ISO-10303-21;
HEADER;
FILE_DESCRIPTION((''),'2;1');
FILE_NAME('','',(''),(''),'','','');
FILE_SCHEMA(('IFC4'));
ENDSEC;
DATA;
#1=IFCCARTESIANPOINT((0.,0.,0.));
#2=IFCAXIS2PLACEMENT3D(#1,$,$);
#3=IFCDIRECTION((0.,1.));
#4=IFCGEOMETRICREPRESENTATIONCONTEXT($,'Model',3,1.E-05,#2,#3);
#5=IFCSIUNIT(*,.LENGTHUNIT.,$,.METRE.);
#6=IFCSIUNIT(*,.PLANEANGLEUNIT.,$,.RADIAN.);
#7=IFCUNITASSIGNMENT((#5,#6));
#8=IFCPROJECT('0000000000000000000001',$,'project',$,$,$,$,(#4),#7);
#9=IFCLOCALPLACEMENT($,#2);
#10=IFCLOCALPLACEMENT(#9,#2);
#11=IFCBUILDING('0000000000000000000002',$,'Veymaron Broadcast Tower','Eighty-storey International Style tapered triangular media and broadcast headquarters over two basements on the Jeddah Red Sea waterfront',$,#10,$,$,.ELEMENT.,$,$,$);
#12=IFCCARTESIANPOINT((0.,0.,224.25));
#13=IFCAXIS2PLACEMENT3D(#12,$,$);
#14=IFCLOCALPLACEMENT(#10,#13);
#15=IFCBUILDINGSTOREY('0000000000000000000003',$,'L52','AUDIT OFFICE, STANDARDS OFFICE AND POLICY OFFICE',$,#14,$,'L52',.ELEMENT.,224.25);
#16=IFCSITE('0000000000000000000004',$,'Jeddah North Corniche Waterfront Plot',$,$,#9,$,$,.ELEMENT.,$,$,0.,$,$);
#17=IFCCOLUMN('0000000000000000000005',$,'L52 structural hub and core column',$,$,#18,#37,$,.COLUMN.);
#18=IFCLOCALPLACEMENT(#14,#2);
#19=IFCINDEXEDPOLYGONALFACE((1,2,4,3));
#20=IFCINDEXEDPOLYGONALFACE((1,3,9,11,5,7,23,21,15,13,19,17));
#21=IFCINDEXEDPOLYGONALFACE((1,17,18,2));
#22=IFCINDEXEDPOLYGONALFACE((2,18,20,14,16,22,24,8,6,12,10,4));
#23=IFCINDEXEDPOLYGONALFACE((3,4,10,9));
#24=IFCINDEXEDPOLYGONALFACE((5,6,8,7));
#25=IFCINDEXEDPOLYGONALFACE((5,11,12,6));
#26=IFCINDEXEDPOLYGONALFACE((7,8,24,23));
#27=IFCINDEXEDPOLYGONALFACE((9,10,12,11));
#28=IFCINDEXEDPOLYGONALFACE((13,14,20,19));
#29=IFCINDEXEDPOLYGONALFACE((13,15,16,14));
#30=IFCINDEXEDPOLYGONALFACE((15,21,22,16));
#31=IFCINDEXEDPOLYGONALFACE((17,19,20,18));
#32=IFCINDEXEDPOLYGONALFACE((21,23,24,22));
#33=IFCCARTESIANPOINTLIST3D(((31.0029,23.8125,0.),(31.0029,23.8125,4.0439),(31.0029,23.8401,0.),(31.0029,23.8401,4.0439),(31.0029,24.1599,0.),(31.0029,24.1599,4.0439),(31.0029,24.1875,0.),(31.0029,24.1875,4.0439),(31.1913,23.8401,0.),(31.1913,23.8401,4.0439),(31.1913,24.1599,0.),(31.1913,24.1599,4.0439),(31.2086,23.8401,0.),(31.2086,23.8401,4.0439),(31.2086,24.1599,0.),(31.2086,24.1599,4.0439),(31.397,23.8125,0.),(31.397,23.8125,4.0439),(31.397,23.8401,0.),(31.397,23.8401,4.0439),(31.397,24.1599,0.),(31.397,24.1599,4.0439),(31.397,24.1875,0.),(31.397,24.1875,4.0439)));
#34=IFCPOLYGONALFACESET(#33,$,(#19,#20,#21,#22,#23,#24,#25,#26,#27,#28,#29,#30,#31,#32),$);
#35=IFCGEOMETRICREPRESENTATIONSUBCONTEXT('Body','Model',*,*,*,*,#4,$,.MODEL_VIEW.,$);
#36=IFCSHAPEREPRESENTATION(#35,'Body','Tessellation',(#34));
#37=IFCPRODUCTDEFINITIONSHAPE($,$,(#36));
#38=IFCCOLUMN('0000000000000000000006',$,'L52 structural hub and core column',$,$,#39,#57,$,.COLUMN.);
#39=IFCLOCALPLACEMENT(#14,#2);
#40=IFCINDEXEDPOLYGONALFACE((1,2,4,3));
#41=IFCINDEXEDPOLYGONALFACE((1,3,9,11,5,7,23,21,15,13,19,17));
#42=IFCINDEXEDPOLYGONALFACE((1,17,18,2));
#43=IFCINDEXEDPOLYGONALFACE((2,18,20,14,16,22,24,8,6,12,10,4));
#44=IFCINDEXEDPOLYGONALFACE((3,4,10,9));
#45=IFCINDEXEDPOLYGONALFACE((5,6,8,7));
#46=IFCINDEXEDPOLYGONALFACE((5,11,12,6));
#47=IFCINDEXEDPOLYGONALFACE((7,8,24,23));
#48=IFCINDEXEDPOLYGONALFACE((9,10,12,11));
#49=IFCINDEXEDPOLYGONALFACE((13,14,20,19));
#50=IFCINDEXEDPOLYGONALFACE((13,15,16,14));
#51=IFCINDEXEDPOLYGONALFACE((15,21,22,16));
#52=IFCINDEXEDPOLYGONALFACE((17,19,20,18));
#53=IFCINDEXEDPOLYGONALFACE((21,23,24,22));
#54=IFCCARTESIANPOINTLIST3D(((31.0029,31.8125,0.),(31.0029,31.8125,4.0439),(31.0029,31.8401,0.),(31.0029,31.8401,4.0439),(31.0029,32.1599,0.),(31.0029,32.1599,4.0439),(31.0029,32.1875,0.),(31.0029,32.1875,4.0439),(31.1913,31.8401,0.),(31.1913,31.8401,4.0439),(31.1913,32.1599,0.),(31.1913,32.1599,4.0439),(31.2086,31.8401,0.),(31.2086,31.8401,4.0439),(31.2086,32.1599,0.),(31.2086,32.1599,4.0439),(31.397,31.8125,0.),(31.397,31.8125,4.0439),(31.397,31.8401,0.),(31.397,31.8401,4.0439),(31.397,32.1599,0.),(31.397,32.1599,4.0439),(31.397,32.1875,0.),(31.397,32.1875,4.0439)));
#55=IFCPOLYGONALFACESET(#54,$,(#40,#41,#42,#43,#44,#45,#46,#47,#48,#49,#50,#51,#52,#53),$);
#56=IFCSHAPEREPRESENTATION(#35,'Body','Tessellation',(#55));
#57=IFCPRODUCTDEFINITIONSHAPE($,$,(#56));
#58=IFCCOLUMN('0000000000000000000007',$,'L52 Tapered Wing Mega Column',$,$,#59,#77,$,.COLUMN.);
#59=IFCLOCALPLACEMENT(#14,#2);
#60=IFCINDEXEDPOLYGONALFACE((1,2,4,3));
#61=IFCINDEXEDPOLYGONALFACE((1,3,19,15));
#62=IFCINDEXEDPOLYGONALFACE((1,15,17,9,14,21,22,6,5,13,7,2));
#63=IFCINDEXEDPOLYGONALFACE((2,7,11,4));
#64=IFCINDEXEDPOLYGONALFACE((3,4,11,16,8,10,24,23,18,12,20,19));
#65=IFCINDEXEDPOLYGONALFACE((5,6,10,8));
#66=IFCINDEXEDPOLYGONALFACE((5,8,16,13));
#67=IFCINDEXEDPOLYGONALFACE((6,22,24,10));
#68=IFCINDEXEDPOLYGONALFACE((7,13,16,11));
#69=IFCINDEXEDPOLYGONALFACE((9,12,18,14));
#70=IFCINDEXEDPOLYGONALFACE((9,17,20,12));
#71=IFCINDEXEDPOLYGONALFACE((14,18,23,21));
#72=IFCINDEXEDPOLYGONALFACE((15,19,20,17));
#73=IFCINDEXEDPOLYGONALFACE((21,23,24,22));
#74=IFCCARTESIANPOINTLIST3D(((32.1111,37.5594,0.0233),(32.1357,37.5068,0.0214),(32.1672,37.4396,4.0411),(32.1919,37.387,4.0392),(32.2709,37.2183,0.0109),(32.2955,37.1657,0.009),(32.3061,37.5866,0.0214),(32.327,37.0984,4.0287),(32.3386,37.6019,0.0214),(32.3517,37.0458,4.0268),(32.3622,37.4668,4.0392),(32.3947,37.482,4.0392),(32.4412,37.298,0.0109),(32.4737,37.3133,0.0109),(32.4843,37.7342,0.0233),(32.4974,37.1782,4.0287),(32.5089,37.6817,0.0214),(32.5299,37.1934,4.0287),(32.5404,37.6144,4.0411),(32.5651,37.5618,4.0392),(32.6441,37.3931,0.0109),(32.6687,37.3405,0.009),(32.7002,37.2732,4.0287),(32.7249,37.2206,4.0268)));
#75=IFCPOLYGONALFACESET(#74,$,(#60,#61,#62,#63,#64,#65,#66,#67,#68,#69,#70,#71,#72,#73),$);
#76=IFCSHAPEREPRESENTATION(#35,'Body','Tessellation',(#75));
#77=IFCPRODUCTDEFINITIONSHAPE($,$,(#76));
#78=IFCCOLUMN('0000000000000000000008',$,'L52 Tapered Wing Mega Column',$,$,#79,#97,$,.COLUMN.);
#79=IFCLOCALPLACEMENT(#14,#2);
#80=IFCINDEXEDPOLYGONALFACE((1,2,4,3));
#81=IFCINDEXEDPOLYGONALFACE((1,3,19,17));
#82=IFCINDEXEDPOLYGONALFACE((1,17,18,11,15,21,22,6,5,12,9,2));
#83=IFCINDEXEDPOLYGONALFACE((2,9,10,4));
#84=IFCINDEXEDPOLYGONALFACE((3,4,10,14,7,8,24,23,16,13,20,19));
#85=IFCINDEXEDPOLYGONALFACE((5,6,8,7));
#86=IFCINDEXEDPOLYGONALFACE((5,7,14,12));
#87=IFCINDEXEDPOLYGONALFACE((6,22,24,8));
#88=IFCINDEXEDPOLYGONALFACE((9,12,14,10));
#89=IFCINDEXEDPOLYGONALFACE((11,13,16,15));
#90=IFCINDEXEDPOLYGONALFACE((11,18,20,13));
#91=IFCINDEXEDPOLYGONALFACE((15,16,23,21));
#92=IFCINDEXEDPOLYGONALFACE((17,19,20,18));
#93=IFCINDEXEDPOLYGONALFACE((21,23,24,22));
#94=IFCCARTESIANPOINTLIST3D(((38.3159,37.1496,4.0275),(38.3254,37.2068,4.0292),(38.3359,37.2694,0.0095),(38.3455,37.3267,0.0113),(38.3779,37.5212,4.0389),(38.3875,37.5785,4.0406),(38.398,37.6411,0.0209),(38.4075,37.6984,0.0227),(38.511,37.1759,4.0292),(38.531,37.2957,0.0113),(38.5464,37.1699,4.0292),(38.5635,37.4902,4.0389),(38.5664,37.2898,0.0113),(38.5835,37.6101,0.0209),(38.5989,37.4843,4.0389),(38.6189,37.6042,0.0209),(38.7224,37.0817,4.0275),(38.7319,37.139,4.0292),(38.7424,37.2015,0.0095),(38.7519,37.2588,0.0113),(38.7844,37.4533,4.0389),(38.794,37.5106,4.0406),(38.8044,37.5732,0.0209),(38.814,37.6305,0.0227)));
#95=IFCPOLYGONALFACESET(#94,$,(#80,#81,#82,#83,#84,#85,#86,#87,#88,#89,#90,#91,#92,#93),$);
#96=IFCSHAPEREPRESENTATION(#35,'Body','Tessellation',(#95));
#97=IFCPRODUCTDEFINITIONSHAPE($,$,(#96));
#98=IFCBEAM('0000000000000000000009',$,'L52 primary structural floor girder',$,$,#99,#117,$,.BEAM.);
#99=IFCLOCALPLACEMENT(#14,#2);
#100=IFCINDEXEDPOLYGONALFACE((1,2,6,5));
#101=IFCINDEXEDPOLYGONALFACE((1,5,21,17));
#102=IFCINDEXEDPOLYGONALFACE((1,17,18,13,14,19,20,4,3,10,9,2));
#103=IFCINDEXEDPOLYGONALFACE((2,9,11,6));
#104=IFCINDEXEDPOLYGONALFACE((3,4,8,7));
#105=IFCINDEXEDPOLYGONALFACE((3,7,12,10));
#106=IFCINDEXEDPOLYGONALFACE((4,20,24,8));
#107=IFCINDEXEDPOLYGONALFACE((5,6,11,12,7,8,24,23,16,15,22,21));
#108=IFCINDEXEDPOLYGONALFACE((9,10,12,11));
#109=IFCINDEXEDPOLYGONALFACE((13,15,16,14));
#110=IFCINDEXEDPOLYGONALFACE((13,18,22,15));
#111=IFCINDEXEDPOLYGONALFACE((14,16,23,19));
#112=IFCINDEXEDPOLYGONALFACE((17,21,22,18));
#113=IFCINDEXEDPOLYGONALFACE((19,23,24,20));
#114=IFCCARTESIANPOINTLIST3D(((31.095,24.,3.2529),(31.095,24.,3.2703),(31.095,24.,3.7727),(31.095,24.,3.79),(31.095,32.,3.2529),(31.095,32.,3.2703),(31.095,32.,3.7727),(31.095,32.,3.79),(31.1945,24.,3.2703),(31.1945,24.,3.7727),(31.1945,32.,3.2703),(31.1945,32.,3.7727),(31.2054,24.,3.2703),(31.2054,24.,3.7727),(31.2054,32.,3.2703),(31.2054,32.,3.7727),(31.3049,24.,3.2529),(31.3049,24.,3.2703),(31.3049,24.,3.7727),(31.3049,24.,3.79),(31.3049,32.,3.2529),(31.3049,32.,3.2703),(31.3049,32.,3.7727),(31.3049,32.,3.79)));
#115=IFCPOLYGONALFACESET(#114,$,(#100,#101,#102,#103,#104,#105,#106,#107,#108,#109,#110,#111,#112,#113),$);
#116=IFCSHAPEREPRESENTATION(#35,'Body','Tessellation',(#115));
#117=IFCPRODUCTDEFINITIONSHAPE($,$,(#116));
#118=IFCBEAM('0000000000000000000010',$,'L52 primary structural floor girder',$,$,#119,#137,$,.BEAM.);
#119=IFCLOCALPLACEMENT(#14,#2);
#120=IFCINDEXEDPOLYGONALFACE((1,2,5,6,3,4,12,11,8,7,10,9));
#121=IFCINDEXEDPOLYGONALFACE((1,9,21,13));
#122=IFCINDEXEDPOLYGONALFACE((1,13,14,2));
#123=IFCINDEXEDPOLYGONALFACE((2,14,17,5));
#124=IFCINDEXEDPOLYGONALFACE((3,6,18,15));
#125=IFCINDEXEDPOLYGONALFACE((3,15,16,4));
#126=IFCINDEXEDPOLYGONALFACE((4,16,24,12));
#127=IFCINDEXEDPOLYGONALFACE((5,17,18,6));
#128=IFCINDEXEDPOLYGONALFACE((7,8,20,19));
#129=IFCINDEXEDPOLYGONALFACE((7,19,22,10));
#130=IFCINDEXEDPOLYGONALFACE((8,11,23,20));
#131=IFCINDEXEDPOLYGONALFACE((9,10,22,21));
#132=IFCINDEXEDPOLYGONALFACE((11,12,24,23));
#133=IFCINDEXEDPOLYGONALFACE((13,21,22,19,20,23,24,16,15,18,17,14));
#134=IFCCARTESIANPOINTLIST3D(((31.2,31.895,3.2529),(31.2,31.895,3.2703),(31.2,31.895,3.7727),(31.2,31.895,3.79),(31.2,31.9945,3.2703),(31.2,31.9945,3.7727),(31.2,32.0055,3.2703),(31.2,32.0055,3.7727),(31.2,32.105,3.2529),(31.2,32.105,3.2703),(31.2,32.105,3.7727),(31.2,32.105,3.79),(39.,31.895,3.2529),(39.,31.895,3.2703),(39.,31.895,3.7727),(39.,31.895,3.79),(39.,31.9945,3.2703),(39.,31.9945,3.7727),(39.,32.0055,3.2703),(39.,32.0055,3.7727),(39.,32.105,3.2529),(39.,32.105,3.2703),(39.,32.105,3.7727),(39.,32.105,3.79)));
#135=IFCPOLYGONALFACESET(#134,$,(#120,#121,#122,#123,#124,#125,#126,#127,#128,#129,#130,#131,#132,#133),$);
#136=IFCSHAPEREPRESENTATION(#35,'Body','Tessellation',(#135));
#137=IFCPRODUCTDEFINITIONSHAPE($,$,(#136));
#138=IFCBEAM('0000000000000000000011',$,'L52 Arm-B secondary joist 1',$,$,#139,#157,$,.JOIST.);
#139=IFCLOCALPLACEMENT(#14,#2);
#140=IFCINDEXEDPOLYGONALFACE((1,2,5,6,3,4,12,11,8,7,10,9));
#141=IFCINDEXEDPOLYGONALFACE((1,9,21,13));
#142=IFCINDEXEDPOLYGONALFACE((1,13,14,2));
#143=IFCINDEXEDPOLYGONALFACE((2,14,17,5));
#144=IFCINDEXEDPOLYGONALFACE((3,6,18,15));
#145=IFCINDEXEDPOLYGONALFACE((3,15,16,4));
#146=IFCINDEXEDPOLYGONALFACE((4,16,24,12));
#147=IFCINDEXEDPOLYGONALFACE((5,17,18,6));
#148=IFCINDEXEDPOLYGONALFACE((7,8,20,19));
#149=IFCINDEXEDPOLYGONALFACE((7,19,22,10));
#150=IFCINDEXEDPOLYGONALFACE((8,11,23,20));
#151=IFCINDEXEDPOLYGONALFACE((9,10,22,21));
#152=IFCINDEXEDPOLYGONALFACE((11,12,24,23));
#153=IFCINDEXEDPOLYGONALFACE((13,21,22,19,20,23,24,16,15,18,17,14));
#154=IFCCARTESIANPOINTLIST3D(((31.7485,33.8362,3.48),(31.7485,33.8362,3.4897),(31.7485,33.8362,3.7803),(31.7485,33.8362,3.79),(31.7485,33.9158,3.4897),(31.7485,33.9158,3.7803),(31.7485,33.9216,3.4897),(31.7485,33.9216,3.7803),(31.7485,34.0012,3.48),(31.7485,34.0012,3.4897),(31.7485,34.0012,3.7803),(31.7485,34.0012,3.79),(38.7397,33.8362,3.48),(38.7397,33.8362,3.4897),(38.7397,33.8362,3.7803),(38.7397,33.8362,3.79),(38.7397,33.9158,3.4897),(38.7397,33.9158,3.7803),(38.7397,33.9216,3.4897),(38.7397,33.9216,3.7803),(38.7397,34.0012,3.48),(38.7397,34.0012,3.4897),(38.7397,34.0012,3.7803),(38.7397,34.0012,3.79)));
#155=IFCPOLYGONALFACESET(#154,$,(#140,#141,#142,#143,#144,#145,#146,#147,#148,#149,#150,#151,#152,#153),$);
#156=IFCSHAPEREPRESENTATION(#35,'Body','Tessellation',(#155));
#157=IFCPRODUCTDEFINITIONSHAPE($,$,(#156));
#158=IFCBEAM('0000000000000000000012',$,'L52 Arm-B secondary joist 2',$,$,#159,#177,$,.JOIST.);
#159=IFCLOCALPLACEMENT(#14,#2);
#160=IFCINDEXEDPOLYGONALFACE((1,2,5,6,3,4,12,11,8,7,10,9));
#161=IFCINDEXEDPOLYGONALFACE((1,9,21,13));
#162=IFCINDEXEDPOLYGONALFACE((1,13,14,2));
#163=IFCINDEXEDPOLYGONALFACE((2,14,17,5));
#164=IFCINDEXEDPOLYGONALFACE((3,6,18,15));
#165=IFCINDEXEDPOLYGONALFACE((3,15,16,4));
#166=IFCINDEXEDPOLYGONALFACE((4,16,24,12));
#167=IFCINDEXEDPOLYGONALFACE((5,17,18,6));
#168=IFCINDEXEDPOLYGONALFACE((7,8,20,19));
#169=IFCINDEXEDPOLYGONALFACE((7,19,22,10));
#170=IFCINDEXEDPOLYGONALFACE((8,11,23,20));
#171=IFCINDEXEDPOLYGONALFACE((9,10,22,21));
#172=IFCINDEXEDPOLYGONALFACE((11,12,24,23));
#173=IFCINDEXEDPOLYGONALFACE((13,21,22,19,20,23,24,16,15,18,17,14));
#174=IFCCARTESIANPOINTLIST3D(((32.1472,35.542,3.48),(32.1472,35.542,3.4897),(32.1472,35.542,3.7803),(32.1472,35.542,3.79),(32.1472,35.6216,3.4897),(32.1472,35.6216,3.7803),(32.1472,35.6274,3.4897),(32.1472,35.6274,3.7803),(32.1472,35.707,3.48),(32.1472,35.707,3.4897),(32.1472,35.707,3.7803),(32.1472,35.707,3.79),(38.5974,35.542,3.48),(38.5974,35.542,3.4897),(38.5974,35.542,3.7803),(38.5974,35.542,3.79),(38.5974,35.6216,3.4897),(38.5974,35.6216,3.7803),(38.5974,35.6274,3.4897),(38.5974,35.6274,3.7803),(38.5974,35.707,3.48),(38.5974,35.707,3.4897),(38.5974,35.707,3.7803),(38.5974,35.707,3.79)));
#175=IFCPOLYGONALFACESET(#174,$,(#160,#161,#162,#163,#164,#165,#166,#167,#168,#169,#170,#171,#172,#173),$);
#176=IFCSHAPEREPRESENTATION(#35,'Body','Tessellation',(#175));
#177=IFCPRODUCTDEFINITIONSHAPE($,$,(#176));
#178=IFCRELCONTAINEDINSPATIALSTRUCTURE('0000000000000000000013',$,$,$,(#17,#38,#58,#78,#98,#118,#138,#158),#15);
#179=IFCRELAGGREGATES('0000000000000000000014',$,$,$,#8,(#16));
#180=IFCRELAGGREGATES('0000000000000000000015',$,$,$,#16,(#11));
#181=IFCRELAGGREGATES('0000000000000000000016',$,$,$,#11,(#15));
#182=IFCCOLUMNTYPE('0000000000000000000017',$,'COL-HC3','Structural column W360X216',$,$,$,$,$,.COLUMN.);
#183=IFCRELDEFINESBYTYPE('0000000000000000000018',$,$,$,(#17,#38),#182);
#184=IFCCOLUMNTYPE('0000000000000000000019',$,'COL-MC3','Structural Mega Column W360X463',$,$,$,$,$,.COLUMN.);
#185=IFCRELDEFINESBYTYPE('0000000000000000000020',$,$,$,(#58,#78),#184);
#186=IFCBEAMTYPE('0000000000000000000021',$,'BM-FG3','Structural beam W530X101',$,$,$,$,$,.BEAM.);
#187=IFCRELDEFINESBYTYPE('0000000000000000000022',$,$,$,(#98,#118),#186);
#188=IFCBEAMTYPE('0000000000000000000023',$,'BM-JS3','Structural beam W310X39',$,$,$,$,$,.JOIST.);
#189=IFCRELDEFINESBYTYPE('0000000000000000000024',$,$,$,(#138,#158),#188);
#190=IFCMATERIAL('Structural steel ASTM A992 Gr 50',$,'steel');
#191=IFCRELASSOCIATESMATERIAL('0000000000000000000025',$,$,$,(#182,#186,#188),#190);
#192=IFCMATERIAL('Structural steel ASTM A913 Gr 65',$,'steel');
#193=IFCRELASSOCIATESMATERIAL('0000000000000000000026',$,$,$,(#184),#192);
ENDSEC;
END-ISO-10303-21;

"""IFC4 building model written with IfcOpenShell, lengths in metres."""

from ifc_helpers import new_model, si_unit, direction, frame, origin, origin_2d, place, context, subcontext, project, spatial, i_section, extrude, material, material_profile, profile_set, type_object, element, save


model = new_model("IFC4")

# Units and contexts
model_context = context("Model", 3, precision=1e-05, world=origin(), true_north=direction((0.0, 1.0)))
body_context = subcontext(model_context, "Body", "Model", "MODEL_VIEW")
ifc_project = project(units=[si_unit("LENGTHUNIT", "METRE"), si_unit("PLANEANGLEUNIT", "RADIAN")], contexts=[model_context])

# Site, building, storey
site_placement = place(None, origin())
site = spatial("IfcSite", under=ifc_project, at=site_placement, Name="Jeddah North Corniche Waterfront Plot", CompositionType="ELEMENT", RefElevation=0.0)
building_placement = place(site_placement, origin())
building = spatial("IfcBuilding", under=site, at=building_placement, Name="Veymaron Broadcast Tower", Description="Eighty-storey International Style tapered triangular media and broadcast headquarters over two basements on the Jeddah Red Sea waterfront", CompositionType="ELEMENT")
storey_placement = place(building_placement, frame((0.0, 0.0, 224.25)))
storey = spatial("IfcBuildingStorey", under=building, at=storey_placement, Name="L52", Description="AUDIT OFFICE, STANDARDS OFFICE AND POLICY OFFICE", LongName="L52", CompositionType="ELEMENT", Elevation=224.25)

# Columns
ifc_material_1 = material(Name="Structural steel ASTM A992 Gr 50", Category="steel")
ifc_material_profile_1 = material_profile(ifc_material_1, i_section(OverallWidth=0.394, OverallDepth=0.375, WebThickness=0.0173, FlangeThickness=0.0276, at=origin_2d()), Name="W360X216")
ifc_profile_set_1 = profile_set([ifc_material_profile_1], Name="Structural steel ASTM A992 Gr 50")
column_type_1 = type_object("IfcColumnType", Name="COL-HC3", Description="Structural column W360X216", PredefinedType="COLUMN", material=ifc_profile_set_1)
for number, where, z_axis, x_axis, name in (
    (1, (31.2, 24.0, 0.0), (0.0, 0.0, 1.0), (1.0, 0.0, 0.0), "L52 structural hub and core column"),
    (2, (31.2, 32.0, 0.0), (0.0, 0.0, 1.0), (1.0, 0.0, 0.0), "L52 structural hub and core column"),
):
    element("IfcColumn", number, at=place(storey_placement, frame(where, z_axis=z_axis, x_axis=x_axis)), inside=storey, type_object=column_type_1, Name=name, PredefinedType="COLUMN", context=body_context, shape_type="SweptSolid", body=[
        extrude(i_section(OverallWidth=0.394, OverallDepth=0.375, WebThickness=0.0173, FlangeThickness=0.0276, at=origin_2d()), origin(), (0.0, 0.0, 1.0), 4.0439),
    ])
ifc_material_2 = material(Name="Structural steel ASTM A913 Gr 65", Category="steel")
ifc_material_profile_2 = material_profile(ifc_material_2, i_section(OverallWidth=0.4121, OverallDepth=0.4351, WebThickness=0.0359, FlangeThickness=0.0581, at=origin_2d()), Name="W360X463")
ifc_profile_set_2 = profile_set([ifc_material_profile_2], Name="Structural steel ASTM A913 Gr 65")
column_type_2 = type_object("IfcColumnType", Name="COL-MC3", Description="Structural Mega Column W360X463", PredefinedType="COLUMN", material=ifc_profile_set_2)
column_1_placement = place(storey_placement, frame((32.3899, 37.45, 0.0161), z_axis=(0.013968, -0.029819, 0.999458), x_axis=(0.90557, 0.424198, 0.0)))
element("IfcColumn", 3, at=column_1_placement, inside=storey, type_object=column_type_2, Name="L52 Tapered Wing Mega Column", PredefinedType="COLUMN", context=body_context, shape_type="SweptSolid", body=[
    extrude(i_section(OverallWidth=0.4121, OverallDepth=0.4351, WebThickness=0.0359, FlangeThickness=0.0581, at=origin_2d()), origin(), (0.0, 0.0, 1.0), 4.02),
])
column_2_placement = place(storey_placement, frame((38.575, 37.45, 0.0161), z_axis=(-0.00498, -0.029822, 0.999543), x_axis=(0.98634, -0.164725, 0.0)))
element("IfcColumn", 4, at=column_2_placement, inside=storey, type_object=column_type_2, Name="L52 Tapered Wing Mega Column", PredefinedType="COLUMN", context=body_context, shape_type="SweptSolid", body=[
    extrude(i_section(OverallWidth=0.4121, OverallDepth=0.4351, WebThickness=0.0359, FlangeThickness=0.0581, at=origin_2d()), origin(), (0.0, 0.0, 1.0), 4.0198),
])

# Beams
ifc_material_profile_3 = material_profile(ifc_material_1, i_section(OverallWidth=0.21, OverallDepth=0.5371, WebThickness=0.011, FlangeThickness=0.0173, at=origin_2d()), Name="W530X101")
ifc_profile_set_3 = profile_set([ifc_material_profile_3], Name="Structural steel ASTM A992 Gr 50")
beam_type_1 = type_object("IfcBeamType", Name="BM-FG3", Description="Structural beam W530X101", PredefinedType="BEAM", material=ifc_profile_set_3)
beam_1_placement = place(storey_placement, frame((31.2, 24.0, 3.5215), z_axis=(0.0, 1.0, 0.0), x_axis=(-1.0, 0.0, 0.0)))
element("IfcBeam", 5, at=beam_1_placement, inside=storey, type_object=beam_type_1, Name="L52 primary structural floor girder", PredefinedType="BEAM", context=body_context, shape_type="SweptSolid", body=[
    extrude(i_section(OverallWidth=0.21, OverallDepth=0.5371, WebThickness=0.011, FlangeThickness=0.0173, at=origin_2d()), origin(), (0.0, 0.0, 1.0), 8.0),
])
beam_2_placement = place(storey_placement, frame((31.2, 32.0, 3.5215), z_axis=(1.0, 0.0, 0.0), x_axis=(0.0, 1.0, 0.0)))
element("IfcBeam", 6, at=beam_2_placement, inside=storey, type_object=beam_type_1, Name="L52 primary structural floor girder", PredefinedType="BEAM", context=body_context, shape_type="SweptSolid", body=[
    extrude(i_section(OverallWidth=0.21, OverallDepth=0.5371, WebThickness=0.011, FlangeThickness=0.0173, at=origin_2d()), origin(), (0.0, 0.0, 1.0), 7.8),
])
ifc_material_profile_4 = material_profile(ifc_material_1, i_section(OverallWidth=0.165, OverallDepth=0.3101, WebThickness=0.0059, FlangeThickness=0.0098, at=origin_2d()), Name="W310X39")
ifc_profile_set_4 = profile_set([ifc_material_profile_4], Name="Structural steel ASTM A992 Gr 50")
beam_type_2 = type_object("IfcBeamType", Name="BM-JS3", Description="Structural beam W310X39", PredefinedType="JOIST", material=ifc_profile_set_4)
beam_3_placement = place(storey_placement, frame((31.7485, 33.9187, 3.635), z_axis=(1.0, 0.0, 0.0), x_axis=(0.0, 1.0, 0.0)))
element("IfcBeam", 7, at=beam_3_placement, inside=storey, type_object=beam_type_2, Name="L52 Arm-B secondary joist 1", PredefinedType="JOIST", context=body_context, shape_type="SweptSolid", body=[
    extrude(i_section(OverallWidth=0.165, OverallDepth=0.3101, WebThickness=0.0059, FlangeThickness=0.0098, at=origin_2d()), origin(), (0.0, 0.0, 1.0), 6.9912),
])
beam_4_placement = place(storey_placement, frame((32.1472, 35.6245, 3.635), z_axis=(1.0, 0.0, 0.0), x_axis=(0.0, 1.0, 0.0)))
element("IfcBeam", 8, at=beam_4_placement, inside=storey, type_object=beam_type_2, Name="L52 Arm-B secondary joist 2", PredefinedType="JOIST", context=body_context, shape_type="SweptSolid", body=[
    extrude(i_section(OverallWidth=0.165, OverallDepth=0.3101, WebThickness=0.0059, FlangeThickness=0.0098, at=origin_2d()), origin(), (0.0, 0.0, 1.0), 6.4502),
])

save(model, "model.ifc")
